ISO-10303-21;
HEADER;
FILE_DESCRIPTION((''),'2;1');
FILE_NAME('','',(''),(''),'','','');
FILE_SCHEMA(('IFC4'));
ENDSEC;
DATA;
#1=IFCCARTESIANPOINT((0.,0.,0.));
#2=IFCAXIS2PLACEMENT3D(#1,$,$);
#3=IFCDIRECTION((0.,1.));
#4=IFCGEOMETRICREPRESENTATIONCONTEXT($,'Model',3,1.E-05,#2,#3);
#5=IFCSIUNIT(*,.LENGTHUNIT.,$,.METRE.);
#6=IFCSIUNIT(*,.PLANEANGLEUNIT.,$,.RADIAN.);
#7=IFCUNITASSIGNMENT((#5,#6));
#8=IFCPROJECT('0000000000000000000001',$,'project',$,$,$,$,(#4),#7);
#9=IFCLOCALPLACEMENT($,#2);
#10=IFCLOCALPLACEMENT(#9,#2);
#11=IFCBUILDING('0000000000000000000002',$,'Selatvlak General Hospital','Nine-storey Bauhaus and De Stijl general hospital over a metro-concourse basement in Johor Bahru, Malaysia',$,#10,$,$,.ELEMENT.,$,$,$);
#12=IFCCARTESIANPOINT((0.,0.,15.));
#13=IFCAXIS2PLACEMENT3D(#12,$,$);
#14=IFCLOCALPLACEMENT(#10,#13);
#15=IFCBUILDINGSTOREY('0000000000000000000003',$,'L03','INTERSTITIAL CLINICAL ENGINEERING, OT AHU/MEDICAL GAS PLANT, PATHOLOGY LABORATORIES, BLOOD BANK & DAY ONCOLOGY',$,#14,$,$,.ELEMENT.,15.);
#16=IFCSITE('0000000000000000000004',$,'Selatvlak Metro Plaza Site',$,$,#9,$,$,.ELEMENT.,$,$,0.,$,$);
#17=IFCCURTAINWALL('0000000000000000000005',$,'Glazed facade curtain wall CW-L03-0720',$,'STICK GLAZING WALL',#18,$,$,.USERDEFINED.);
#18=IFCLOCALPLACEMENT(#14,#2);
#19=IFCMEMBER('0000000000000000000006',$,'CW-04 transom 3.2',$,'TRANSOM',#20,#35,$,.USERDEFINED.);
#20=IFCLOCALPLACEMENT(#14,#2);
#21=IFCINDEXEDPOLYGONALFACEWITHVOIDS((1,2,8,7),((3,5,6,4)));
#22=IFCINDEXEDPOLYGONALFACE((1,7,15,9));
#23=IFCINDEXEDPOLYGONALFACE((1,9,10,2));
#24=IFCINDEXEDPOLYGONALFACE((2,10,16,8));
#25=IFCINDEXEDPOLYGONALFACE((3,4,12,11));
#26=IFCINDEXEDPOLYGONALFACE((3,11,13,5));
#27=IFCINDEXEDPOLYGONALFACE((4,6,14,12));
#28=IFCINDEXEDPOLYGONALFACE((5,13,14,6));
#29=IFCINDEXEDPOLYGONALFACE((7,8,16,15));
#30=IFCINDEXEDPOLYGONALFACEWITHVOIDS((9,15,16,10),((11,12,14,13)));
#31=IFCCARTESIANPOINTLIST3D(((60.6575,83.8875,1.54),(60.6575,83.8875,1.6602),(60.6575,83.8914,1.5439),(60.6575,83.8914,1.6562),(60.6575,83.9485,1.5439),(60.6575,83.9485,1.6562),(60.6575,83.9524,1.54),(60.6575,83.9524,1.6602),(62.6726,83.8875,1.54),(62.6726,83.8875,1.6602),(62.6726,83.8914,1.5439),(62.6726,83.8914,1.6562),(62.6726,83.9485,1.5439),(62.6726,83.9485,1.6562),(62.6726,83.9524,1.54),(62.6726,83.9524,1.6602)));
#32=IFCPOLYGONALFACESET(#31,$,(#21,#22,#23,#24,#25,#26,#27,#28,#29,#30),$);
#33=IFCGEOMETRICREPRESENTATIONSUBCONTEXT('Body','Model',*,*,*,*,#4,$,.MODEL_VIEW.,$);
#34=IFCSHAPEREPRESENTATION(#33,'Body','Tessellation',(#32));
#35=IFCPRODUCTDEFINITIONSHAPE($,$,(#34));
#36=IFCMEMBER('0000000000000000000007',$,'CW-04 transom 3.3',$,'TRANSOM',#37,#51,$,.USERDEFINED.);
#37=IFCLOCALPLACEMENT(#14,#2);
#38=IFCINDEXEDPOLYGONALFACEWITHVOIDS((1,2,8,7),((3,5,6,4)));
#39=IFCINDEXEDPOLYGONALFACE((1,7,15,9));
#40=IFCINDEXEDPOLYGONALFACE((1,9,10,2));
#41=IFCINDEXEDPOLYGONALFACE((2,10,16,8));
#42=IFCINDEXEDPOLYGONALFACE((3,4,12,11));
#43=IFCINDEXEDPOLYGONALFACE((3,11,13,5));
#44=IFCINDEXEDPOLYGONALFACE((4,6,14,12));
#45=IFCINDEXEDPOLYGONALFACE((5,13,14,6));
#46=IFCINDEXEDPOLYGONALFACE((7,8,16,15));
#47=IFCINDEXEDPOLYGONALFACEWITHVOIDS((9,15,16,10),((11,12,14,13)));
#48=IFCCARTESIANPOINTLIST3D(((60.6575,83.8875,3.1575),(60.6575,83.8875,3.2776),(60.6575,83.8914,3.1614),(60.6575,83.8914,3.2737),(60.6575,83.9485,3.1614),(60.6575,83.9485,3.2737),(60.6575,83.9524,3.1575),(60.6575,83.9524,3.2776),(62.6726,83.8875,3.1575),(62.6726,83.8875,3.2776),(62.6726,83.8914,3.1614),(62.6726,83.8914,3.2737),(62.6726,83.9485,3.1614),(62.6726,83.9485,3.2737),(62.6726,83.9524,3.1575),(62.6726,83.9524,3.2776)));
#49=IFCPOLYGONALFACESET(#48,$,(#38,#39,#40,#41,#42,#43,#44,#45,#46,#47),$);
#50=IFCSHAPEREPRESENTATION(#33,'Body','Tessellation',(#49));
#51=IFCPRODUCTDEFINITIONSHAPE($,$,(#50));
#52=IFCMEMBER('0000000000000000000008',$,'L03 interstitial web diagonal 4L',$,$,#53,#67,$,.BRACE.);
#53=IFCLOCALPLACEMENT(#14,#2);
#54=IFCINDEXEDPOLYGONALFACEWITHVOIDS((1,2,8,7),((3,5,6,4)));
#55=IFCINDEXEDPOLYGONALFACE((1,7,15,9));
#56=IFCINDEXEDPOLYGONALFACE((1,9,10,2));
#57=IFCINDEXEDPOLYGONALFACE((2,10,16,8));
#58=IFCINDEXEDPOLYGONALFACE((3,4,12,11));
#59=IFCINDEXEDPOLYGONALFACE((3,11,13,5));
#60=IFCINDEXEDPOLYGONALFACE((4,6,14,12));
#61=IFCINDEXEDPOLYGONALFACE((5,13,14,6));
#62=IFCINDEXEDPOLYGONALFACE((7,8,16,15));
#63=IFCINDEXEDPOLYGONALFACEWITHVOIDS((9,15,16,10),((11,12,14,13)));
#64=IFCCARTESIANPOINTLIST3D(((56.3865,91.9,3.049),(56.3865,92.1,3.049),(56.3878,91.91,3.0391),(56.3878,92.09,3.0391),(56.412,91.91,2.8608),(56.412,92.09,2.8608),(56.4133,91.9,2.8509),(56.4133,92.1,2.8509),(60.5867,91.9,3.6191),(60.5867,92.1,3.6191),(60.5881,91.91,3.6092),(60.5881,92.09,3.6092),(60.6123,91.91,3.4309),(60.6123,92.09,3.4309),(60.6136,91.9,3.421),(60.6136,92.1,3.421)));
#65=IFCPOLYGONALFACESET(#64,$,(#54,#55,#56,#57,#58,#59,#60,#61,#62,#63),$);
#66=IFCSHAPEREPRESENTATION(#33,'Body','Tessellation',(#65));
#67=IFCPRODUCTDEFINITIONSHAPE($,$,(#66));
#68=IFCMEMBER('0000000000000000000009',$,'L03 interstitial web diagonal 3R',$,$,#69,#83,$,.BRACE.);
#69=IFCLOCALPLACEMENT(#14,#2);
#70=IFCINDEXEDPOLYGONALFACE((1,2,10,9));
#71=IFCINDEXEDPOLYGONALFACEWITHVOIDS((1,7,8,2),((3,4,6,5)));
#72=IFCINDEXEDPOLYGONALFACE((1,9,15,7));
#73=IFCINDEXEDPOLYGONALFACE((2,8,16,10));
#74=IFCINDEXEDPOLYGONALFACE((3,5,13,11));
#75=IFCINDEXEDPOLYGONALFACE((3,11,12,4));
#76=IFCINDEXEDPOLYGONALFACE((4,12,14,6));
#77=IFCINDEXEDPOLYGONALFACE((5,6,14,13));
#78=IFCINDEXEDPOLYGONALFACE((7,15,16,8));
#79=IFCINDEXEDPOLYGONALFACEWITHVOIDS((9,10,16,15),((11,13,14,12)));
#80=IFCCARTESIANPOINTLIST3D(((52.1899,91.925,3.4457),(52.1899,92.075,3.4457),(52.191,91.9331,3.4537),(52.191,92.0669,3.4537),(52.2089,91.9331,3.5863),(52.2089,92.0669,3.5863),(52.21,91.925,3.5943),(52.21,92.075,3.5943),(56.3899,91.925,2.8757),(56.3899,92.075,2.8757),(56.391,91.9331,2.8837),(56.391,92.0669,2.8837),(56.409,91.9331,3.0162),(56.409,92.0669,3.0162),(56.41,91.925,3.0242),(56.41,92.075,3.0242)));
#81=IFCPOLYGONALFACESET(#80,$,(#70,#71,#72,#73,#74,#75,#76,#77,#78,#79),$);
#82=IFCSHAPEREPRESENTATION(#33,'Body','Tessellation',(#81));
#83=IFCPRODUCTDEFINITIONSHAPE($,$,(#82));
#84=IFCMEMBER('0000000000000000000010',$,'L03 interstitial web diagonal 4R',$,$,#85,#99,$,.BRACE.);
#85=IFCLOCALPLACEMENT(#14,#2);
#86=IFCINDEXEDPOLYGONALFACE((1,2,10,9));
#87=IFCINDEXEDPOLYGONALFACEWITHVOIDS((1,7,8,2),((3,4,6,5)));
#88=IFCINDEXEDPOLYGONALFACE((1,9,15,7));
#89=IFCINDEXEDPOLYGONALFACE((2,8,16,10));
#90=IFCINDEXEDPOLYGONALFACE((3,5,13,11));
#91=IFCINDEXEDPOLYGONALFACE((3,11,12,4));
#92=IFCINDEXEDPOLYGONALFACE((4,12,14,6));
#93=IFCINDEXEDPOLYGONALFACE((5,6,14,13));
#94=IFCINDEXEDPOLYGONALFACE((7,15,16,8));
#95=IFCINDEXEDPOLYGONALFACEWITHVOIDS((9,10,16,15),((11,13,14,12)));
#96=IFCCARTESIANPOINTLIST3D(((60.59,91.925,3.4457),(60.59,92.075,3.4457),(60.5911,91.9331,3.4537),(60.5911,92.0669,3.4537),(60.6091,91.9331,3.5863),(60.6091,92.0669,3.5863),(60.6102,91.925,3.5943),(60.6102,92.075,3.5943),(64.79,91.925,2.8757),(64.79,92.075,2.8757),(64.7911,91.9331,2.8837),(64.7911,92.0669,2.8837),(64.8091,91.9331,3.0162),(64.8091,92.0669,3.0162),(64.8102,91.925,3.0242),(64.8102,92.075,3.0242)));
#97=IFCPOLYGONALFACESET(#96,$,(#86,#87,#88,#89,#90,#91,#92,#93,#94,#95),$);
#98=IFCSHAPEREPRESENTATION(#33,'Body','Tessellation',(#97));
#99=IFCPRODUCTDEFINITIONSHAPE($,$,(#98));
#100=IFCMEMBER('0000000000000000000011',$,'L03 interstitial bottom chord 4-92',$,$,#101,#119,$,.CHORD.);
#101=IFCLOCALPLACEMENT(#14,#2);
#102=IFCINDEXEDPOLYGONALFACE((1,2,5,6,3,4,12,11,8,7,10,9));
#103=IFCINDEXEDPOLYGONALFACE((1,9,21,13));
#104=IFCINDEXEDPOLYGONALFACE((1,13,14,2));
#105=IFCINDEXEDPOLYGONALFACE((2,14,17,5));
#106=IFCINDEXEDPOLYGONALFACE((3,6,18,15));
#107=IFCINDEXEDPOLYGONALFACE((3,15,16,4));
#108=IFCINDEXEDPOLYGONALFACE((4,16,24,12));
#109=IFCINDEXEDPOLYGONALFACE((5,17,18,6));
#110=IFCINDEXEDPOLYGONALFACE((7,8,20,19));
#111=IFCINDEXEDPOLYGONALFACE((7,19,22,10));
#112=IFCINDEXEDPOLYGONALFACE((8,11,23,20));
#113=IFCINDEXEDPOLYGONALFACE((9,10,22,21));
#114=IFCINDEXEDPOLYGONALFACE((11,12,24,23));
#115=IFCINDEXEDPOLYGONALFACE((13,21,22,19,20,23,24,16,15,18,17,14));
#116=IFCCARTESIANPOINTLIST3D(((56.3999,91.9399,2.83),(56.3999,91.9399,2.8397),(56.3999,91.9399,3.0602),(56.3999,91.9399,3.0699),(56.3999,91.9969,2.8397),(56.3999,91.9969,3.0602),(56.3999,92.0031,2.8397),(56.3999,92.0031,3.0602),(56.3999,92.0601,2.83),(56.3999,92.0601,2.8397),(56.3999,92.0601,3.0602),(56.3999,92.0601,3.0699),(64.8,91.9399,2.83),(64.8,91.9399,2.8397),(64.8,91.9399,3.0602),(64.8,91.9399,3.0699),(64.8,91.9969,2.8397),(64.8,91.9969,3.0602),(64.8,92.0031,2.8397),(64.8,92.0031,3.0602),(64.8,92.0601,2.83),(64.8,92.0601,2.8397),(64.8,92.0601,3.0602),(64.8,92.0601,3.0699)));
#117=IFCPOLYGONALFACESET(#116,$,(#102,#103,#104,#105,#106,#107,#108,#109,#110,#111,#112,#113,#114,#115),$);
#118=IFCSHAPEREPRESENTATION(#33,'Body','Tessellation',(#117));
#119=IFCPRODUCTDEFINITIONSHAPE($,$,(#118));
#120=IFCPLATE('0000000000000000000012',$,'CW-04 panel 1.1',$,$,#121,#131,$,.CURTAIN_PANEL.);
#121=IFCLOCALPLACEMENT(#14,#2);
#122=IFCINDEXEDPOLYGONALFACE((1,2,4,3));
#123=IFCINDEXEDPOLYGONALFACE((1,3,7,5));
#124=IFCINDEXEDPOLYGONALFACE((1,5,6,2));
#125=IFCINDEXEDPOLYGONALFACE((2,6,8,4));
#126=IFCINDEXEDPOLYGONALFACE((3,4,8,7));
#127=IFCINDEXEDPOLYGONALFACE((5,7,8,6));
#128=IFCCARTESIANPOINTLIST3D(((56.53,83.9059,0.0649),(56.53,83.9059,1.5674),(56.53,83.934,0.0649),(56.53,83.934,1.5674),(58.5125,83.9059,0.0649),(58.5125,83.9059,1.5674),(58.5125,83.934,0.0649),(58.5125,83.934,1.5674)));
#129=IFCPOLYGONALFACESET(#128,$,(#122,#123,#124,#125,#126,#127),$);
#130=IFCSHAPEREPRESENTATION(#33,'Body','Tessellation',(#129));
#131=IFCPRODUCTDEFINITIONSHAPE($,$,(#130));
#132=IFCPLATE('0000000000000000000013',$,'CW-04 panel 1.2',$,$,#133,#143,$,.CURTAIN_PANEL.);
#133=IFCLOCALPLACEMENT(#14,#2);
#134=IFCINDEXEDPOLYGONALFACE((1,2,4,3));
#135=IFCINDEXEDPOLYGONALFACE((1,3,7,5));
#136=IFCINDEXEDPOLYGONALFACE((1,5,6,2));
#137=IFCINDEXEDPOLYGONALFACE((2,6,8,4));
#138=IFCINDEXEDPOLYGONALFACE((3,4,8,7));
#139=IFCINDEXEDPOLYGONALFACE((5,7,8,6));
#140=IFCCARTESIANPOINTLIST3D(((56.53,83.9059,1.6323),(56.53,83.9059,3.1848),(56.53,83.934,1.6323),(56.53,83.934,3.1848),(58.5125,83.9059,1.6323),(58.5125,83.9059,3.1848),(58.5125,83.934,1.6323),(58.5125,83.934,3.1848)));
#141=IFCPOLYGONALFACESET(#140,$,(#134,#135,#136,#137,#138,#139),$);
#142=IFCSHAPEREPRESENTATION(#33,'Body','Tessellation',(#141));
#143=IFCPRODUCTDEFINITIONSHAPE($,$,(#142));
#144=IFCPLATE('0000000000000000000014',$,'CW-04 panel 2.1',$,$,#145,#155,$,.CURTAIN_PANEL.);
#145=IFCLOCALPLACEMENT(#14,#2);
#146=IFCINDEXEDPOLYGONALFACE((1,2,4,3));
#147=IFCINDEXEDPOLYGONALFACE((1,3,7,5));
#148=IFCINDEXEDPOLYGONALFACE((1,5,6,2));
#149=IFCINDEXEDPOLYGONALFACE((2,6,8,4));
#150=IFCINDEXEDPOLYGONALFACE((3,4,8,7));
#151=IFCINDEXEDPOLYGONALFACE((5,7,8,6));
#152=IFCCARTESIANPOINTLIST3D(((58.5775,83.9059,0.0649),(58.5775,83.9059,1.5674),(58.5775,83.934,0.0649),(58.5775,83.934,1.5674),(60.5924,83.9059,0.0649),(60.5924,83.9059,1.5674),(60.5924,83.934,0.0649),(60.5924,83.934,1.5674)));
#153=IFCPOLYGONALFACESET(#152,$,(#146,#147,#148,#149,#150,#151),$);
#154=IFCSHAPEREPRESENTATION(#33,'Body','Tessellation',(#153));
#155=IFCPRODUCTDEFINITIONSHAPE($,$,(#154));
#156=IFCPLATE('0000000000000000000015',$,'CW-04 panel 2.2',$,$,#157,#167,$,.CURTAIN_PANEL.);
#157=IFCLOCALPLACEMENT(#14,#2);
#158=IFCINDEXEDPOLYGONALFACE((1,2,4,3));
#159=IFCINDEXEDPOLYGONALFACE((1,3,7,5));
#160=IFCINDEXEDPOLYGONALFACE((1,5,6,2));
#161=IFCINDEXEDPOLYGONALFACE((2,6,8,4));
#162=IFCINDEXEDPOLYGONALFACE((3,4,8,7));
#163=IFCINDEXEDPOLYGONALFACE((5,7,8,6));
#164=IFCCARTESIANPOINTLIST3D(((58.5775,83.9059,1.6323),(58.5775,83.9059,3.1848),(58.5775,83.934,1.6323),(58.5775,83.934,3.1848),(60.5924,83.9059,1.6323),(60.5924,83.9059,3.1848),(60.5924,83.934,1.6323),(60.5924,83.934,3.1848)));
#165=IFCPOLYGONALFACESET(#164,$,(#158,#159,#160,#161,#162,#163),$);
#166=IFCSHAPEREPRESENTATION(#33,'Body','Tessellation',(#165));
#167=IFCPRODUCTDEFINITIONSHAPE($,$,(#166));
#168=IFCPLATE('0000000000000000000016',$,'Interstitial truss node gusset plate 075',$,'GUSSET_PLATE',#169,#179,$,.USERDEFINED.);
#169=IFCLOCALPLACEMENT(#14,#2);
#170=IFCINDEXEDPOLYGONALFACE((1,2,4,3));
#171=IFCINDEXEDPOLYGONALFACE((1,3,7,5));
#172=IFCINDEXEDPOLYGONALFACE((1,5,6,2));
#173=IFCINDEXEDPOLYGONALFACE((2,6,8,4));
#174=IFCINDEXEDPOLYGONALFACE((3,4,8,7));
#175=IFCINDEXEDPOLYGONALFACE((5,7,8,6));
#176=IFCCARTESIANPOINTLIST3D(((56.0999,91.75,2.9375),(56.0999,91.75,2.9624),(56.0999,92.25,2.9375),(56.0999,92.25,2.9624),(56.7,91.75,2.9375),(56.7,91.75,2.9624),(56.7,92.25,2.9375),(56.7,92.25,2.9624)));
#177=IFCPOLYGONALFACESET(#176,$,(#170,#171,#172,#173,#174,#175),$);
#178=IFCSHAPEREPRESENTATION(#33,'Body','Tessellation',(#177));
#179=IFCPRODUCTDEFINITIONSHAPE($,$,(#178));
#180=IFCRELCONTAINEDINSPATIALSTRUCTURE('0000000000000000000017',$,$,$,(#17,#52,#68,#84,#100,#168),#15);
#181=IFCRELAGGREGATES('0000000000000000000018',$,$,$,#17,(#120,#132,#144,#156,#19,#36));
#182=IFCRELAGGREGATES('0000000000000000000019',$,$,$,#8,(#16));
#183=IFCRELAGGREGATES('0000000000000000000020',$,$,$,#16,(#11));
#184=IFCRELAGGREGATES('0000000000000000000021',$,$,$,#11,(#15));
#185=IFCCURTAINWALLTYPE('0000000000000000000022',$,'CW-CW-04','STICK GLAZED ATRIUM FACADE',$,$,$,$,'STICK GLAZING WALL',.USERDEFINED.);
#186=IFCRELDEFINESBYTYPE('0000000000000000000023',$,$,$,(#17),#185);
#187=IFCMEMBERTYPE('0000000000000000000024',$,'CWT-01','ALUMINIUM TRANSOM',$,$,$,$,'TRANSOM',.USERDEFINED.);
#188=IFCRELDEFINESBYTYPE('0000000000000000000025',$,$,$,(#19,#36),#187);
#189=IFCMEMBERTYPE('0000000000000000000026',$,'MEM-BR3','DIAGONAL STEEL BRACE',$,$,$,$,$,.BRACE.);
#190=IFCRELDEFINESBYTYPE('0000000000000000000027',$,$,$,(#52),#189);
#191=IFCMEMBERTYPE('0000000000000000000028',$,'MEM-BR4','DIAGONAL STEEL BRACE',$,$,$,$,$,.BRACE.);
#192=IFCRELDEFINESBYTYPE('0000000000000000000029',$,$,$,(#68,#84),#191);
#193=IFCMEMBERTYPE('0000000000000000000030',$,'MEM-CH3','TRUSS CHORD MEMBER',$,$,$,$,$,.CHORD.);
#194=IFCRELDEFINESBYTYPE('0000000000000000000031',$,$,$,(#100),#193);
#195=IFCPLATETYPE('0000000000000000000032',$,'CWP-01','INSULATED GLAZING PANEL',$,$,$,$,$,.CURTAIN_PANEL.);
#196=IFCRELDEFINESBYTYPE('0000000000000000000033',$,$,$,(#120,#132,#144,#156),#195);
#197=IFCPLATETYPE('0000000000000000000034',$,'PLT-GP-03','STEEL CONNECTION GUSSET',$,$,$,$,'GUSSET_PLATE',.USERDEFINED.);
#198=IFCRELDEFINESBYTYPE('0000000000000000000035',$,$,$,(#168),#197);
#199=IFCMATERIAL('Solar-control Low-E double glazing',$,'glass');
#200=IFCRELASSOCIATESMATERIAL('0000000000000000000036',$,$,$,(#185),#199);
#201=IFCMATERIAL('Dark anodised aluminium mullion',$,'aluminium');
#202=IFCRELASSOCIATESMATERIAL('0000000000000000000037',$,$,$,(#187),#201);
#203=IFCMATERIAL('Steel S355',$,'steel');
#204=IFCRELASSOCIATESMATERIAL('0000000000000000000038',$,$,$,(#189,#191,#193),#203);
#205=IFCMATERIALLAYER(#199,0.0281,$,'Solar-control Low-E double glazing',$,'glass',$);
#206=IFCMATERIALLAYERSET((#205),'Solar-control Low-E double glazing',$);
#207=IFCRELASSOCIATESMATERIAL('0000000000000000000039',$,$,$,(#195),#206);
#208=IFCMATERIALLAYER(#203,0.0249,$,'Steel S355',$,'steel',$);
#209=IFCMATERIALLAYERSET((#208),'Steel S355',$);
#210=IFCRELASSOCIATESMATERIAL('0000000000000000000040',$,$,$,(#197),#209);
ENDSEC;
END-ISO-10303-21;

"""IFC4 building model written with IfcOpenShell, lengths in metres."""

from ifc_helpers import new_model, si_unit, direction, frame, origin, origin_2d, place, context, subcontext, project, spatial, rectangle, hollow_rectangle, i_section, extrude, material, layer, layer_set, material_profile, profile_set, type_object, element, aggregate, save


model = new_model("IFC4")

# Units and contexts
model_context = context("Model", 3, precision=1e-05, world=origin(), true_north=direction((0.0, 1.0)))
body_context = subcontext(model_context, "Body", "Model", "MODEL_VIEW")
ifc_project = project(units=[si_unit("LENGTHUNIT", "METRE"), si_unit("PLANEANGLEUNIT", "RADIAN")], contexts=[model_context])

# Site, building, storey
site_placement = place(None, origin())
site = spatial("IfcSite", under=ifc_project, at=site_placement, Name="Selatvlak Metro Plaza Site", CompositionType="ELEMENT", RefElevation=0.0)
building_placement = place(site_placement, origin())
building = spatial("IfcBuilding", under=site, at=building_placement, Name="Selatvlak General Hospital", Description="Nine-storey Bauhaus and De Stijl general hospital over a metro-concourse basement in Johor Bahru, Malaysia", CompositionType="ELEMENT")
storey_placement = place(building_placement, frame((0.0, 0.0, 15.0)))
storey = spatial("IfcBuildingStorey", under=building, at=storey_placement, Name="L03", Description="INTERSTITIAL CLINICAL ENGINEERING, OT AHU/MEDICAL GAS PLANT, PATHOLOGY LABORATORIES, BLOOD BANK & DAY ONCOLOGY", CompositionType="ELEMENT", Elevation=15.0)

# Curtain wall, members
ifc_material_1 = material(Name="Solar-control Low-E double glazing", Category="glass")
curtain_wall_type = type_object("IfcCurtainWallType", Name="CW-CW-04", Description="STICK GLAZED ATRIUM FACADE", ElementType="STICK GLAZING WALL", PredefinedType="USERDEFINED", material=ifc_material_1)
curtain_wall_placement = place(storey_placement, origin())
curtain_wall = element("IfcCurtainWall", 1, at=curtain_wall_placement, inside=storey, type_object=curtain_wall_type, Name="Glazed facade curtain wall CW-L03-0720", ObjectType="STICK GLAZING WALL", PredefinedType="USERDEFINED")
ifc_material_2 = material(Name="Dark anodised aluminium mullion", Category="aluminium")
ifc_material_profile_1 = material_profile(ifc_material_2, hollow_rectangle(XDim=0.0649, YDim=0.1201, WallThickness=0.0039, at=origin_2d()), Name="AL-TRN 65x120x4")
ifc_profile_set_1 = profile_set([ifc_material_profile_1], Name="Dark anodised aluminium mullion")
member_type_1 = type_object("IfcMemberType", Name="CWT-01", Description="ALUMINIUM TRANSOM", ElementType="TRANSOM", PredefinedType="USERDEFINED", material=ifc_profile_set_1)
member_1_placement = place(storey_placement, frame((60.6575, 83.9199, 1.6001), z_axis=(1.0, 0.0, 0.0), x_axis=(0.0, 1.0, 0.0)))
member_1 = element("IfcMember", 2, at=member_1_placement, type_object=member_type_1, Name="CW-04 transom 3.2", ObjectType="TRANSOM", PredefinedType="USERDEFINED", context=body_context, shape_type="SweptSolid", body=[
    extrude(hollow_rectangle(XDim=0.0649, YDim=0.1201, WallThickness=0.0039, at=origin_2d()), origin(), (0.0, 0.0, 1.0), 2.0151),
])
member_2_placement = place(storey_placement, frame((60.6575, 83.9199, 3.2175), z_axis=(1.0, 0.0, 0.0), x_axis=(0.0, 1.0, 0.0)))
member_2 = element("IfcMember", 3, at=member_2_placement, type_object=member_type_1, Name="CW-04 transom 3.3", ObjectType="TRANSOM", PredefinedType="USERDEFINED", context=body_context, shape_type="SweptSolid", body=[
    extrude(hollow_rectangle(XDim=0.0649, YDim=0.1201, WallThickness=0.0039, at=origin_2d()), origin(), (0.0, 0.0, 1.0), 2.0151),
])

# Members
ifc_material_3 = material(Name="Steel S355", Category="steel")
ifc_material_profile_2 = material_profile(ifc_material_3, hollow_rectangle(XDim=0.2, YDim=0.2, WallThickness=0.01, at=origin_2d()), Name="SHS 200x200x10")
ifc_profile_set_2 = profile_set([ifc_material_profile_2], Name="Steel S355")
member_type_2 = type_object("IfcMemberType", Name="MEM-BR3", Description="DIAGONAL STEEL BRACE", PredefinedType="BRACE", material=ifc_profile_set_2)
member_3_placement = place(storey_placement, frame((56.3999, 92.0, 2.95), z_axis=(0.990915, 0.0, 0.134491), x_axis=(0.0, 1.0, 0.0)))
element("IfcMember", 4, at=member_3_placement, inside=storey, type_object=member_type_2, Name="L03 interstitial web diagonal 4L", PredefinedType="BRACE", context=body_context, shape_type="SweptSolid", body=[
    extrude(hollow_rectangle(XDim=0.2, YDim=0.2, WallThickness=0.01, at=origin_2d()), origin(), (0.0, 0.0, 1.0), 4.2388),
])
ifc_material_profile_3 = material_profile(ifc_material_3, hollow_rectangle(XDim=0.1499, YDim=0.1499, WallThickness=0.0081, at=origin_2d()), Name="SHS 150x150x8")
ifc_profile_set_3 = profile_set([ifc_material_profile_3], Name="Steel S355")
member_type_3 = type_object("IfcMemberType", Name="MEM-BR4", Description="DIAGONAL STEEL BRACE", PredefinedType="BRACE", material=ifc_profile_set_3)
for number, where, z_axis, x_axis, name in (
    (5, (52.2, 92.0, 3.52), (0.990914, 0.0, -0.134499), (0.0, 1.0, 0.0), "L03 interstitial web diagonal 3R"),
    (6, (60.6001, 92.0, 3.52), (0.990914, 0.0, -0.134499), (0.0, 1.0, 0.0), "L03 interstitial web diagonal 4R"),
):
    element("IfcMember", number, at=place(storey_placement, frame(where, z_axis=z_axis, x_axis=x_axis)), inside=storey, type_object=member_type_3, Name=name, PredefinedType="BRACE", context=body_context, shape_type="SweptSolid", body=[
        extrude(hollow_rectangle(XDim=0.1499, YDim=0.1499, WallThickness=0.0081, at=origin_2d()), origin(), (0.0, 0.0, 1.0), 4.2385),
    ])
ifc_material_profile_4 = material_profile(ifc_material_3, i_section(OverallWidth=0.1201, OverallDepth=0.24, WebThickness=0.0061, FlangeThickness=0.0098, at=origin_2d()), Name="IPE 240")
ifc_profile_set_4 = profile_set([ifc_material_profile_4], Name="Steel S355")
member_type_4 = type_object("IfcMemberType", Name="MEM-CH3", Description="TRUSS CHORD MEMBER", PredefinedType="CHORD", material=ifc_profile_set_4)
member_4_placement = place(storey_placement, frame((56.3999, 92.0, 2.95), z_axis=(1.0, 0.0, 0.0), x_axis=(0.0, 1.0, 0.0)))
element("IfcMember", 7, at=member_4_placement, inside=storey, type_object=member_type_4, Name="L03 interstitial bottom chord 4-92", PredefinedType="CHORD", context=body_context, shape_type="SweptSolid", body=[
    extrude(i_section(OverallWidth=0.1201, OverallDepth=0.24, WebThickness=0.0061, FlangeThickness=0.0098, at=origin_2d()), origin(), (0.0, 0.0, 1.0), 8.4001),
])

# Plates
ifc_layer_1 = layer(ifc_material_1, 0.0281, Name="Solar-control Low-E double glazing", Category="glass")
ifc_layer_set_1 = layer_set([ifc_layer_1], Name="Solar-control Low-E double glazing")
plate_type_1 = type_object("IfcPlateType", Name="CWP-01", Description="INSULATED GLAZING PANEL", PredefinedType="CURTAIN_PANEL", material=ifc_layer_set_1)
plate_1_placement = place(storey_placement, frame((57.5212, 83.9199, 0.0649), z_axis=(0.0, 0.0, 1.0), x_axis=(1.0, 0.0, 0.0)))
plate_1 = element("IfcPlate", 8, at=plate_1_placement, type_object=plate_type_1, Name="CW-04 panel 1.1", PredefinedType="CURTAIN_PANEL", context=body_context, shape_type="SweptSolid", body=[
    extrude(rectangle(XDim=1.9824, YDim=0.0281, at=origin_2d()), origin(), (0.0, 0.0, 1.0), 1.5024),
])
plate_2_placement = place(storey_placement, frame((57.5212, 83.9199, 1.6323), z_axis=(0.0, 0.0, 1.0), x_axis=(1.0, 0.0, 0.0)))
plate_2 = element("IfcPlate", 9, at=plate_2_placement, type_object=plate_type_1, Name="CW-04 panel 1.2", PredefinedType="CURTAIN_PANEL", context=body_context, shape_type="SweptSolid", body=[
    extrude(rectangle(XDim=1.9824, YDim=0.0281, at=origin_2d()), origin(), (0.0, 0.0, 1.0), 1.5525),
])
plate_3_placement = place(storey_placement, frame((59.585, 83.9199, 0.0649), z_axis=(0.0, 0.0, 1.0), x_axis=(1.0, 0.0, 0.0)))
plate_3 = element("IfcPlate", 10, at=plate_3_placement, type_object=plate_type_1, Name="CW-04 panel 2.1", PredefinedType="CURTAIN_PANEL", context=body_context, shape_type="SweptSolid", body=[
    extrude(rectangle(XDim=2.0149, YDim=0.0281, at=origin_2d()), origin(), (0.0, 0.0, 1.0), 1.5024),
])
plate_4_placement = place(storey_placement, frame((59.585, 83.9199, 1.6323), z_axis=(0.0, 0.0, 1.0), x_axis=(1.0, 0.0, 0.0)))
plate_4 = element("IfcPlate", 11, at=plate_4_placement, type_object=plate_type_1, Name="CW-04 panel 2.2", PredefinedType="CURTAIN_PANEL", context=body_context, shape_type="SweptSolid", body=[
    extrude(rectangle(XDim=2.0149, YDim=0.0281, at=origin_2d()), origin(), (0.0, 0.0, 1.0), 1.5525),
])
aggregate(curtain_wall, [plate_1, plate_2, plate_3, plate_4, member_1, member_2])

# Plate
ifc_layer_2 = layer(ifc_material_3, 0.0249, Name="Steel S355", Category="steel")
ifc_layer_set_2 = layer_set([ifc_layer_2], Name="Steel S355")
plate_type_2 = type_object("IfcPlateType", Name="PLT-GP-03", Description="STEEL CONNECTION GUSSET", ElementType="GUSSET_PLATE", PredefinedType="USERDEFINED", material=ifc_layer_set_2)
plate_5_placement = place(storey_placement, frame((56.3999, 92.0, 2.9375), z_axis=(0.0, 0.0, 1.0), x_axis=(1.0, 0.0, 0.0)))
element("IfcPlate", 12, at=plate_5_placement, inside=storey, type_object=plate_type_2, Name="Interstitial truss node gusset plate 075", ObjectType="GUSSET_PLATE", PredefinedType="USERDEFINED", context=body_context, shape_type="SweptSolid", body=[
    extrude(rectangle(XDim=0.6001, YDim=0.5, at=origin_2d()), origin(), (0.0, 0.0, 1.0), 0.0249),
])

save(model, "model.ifc")
